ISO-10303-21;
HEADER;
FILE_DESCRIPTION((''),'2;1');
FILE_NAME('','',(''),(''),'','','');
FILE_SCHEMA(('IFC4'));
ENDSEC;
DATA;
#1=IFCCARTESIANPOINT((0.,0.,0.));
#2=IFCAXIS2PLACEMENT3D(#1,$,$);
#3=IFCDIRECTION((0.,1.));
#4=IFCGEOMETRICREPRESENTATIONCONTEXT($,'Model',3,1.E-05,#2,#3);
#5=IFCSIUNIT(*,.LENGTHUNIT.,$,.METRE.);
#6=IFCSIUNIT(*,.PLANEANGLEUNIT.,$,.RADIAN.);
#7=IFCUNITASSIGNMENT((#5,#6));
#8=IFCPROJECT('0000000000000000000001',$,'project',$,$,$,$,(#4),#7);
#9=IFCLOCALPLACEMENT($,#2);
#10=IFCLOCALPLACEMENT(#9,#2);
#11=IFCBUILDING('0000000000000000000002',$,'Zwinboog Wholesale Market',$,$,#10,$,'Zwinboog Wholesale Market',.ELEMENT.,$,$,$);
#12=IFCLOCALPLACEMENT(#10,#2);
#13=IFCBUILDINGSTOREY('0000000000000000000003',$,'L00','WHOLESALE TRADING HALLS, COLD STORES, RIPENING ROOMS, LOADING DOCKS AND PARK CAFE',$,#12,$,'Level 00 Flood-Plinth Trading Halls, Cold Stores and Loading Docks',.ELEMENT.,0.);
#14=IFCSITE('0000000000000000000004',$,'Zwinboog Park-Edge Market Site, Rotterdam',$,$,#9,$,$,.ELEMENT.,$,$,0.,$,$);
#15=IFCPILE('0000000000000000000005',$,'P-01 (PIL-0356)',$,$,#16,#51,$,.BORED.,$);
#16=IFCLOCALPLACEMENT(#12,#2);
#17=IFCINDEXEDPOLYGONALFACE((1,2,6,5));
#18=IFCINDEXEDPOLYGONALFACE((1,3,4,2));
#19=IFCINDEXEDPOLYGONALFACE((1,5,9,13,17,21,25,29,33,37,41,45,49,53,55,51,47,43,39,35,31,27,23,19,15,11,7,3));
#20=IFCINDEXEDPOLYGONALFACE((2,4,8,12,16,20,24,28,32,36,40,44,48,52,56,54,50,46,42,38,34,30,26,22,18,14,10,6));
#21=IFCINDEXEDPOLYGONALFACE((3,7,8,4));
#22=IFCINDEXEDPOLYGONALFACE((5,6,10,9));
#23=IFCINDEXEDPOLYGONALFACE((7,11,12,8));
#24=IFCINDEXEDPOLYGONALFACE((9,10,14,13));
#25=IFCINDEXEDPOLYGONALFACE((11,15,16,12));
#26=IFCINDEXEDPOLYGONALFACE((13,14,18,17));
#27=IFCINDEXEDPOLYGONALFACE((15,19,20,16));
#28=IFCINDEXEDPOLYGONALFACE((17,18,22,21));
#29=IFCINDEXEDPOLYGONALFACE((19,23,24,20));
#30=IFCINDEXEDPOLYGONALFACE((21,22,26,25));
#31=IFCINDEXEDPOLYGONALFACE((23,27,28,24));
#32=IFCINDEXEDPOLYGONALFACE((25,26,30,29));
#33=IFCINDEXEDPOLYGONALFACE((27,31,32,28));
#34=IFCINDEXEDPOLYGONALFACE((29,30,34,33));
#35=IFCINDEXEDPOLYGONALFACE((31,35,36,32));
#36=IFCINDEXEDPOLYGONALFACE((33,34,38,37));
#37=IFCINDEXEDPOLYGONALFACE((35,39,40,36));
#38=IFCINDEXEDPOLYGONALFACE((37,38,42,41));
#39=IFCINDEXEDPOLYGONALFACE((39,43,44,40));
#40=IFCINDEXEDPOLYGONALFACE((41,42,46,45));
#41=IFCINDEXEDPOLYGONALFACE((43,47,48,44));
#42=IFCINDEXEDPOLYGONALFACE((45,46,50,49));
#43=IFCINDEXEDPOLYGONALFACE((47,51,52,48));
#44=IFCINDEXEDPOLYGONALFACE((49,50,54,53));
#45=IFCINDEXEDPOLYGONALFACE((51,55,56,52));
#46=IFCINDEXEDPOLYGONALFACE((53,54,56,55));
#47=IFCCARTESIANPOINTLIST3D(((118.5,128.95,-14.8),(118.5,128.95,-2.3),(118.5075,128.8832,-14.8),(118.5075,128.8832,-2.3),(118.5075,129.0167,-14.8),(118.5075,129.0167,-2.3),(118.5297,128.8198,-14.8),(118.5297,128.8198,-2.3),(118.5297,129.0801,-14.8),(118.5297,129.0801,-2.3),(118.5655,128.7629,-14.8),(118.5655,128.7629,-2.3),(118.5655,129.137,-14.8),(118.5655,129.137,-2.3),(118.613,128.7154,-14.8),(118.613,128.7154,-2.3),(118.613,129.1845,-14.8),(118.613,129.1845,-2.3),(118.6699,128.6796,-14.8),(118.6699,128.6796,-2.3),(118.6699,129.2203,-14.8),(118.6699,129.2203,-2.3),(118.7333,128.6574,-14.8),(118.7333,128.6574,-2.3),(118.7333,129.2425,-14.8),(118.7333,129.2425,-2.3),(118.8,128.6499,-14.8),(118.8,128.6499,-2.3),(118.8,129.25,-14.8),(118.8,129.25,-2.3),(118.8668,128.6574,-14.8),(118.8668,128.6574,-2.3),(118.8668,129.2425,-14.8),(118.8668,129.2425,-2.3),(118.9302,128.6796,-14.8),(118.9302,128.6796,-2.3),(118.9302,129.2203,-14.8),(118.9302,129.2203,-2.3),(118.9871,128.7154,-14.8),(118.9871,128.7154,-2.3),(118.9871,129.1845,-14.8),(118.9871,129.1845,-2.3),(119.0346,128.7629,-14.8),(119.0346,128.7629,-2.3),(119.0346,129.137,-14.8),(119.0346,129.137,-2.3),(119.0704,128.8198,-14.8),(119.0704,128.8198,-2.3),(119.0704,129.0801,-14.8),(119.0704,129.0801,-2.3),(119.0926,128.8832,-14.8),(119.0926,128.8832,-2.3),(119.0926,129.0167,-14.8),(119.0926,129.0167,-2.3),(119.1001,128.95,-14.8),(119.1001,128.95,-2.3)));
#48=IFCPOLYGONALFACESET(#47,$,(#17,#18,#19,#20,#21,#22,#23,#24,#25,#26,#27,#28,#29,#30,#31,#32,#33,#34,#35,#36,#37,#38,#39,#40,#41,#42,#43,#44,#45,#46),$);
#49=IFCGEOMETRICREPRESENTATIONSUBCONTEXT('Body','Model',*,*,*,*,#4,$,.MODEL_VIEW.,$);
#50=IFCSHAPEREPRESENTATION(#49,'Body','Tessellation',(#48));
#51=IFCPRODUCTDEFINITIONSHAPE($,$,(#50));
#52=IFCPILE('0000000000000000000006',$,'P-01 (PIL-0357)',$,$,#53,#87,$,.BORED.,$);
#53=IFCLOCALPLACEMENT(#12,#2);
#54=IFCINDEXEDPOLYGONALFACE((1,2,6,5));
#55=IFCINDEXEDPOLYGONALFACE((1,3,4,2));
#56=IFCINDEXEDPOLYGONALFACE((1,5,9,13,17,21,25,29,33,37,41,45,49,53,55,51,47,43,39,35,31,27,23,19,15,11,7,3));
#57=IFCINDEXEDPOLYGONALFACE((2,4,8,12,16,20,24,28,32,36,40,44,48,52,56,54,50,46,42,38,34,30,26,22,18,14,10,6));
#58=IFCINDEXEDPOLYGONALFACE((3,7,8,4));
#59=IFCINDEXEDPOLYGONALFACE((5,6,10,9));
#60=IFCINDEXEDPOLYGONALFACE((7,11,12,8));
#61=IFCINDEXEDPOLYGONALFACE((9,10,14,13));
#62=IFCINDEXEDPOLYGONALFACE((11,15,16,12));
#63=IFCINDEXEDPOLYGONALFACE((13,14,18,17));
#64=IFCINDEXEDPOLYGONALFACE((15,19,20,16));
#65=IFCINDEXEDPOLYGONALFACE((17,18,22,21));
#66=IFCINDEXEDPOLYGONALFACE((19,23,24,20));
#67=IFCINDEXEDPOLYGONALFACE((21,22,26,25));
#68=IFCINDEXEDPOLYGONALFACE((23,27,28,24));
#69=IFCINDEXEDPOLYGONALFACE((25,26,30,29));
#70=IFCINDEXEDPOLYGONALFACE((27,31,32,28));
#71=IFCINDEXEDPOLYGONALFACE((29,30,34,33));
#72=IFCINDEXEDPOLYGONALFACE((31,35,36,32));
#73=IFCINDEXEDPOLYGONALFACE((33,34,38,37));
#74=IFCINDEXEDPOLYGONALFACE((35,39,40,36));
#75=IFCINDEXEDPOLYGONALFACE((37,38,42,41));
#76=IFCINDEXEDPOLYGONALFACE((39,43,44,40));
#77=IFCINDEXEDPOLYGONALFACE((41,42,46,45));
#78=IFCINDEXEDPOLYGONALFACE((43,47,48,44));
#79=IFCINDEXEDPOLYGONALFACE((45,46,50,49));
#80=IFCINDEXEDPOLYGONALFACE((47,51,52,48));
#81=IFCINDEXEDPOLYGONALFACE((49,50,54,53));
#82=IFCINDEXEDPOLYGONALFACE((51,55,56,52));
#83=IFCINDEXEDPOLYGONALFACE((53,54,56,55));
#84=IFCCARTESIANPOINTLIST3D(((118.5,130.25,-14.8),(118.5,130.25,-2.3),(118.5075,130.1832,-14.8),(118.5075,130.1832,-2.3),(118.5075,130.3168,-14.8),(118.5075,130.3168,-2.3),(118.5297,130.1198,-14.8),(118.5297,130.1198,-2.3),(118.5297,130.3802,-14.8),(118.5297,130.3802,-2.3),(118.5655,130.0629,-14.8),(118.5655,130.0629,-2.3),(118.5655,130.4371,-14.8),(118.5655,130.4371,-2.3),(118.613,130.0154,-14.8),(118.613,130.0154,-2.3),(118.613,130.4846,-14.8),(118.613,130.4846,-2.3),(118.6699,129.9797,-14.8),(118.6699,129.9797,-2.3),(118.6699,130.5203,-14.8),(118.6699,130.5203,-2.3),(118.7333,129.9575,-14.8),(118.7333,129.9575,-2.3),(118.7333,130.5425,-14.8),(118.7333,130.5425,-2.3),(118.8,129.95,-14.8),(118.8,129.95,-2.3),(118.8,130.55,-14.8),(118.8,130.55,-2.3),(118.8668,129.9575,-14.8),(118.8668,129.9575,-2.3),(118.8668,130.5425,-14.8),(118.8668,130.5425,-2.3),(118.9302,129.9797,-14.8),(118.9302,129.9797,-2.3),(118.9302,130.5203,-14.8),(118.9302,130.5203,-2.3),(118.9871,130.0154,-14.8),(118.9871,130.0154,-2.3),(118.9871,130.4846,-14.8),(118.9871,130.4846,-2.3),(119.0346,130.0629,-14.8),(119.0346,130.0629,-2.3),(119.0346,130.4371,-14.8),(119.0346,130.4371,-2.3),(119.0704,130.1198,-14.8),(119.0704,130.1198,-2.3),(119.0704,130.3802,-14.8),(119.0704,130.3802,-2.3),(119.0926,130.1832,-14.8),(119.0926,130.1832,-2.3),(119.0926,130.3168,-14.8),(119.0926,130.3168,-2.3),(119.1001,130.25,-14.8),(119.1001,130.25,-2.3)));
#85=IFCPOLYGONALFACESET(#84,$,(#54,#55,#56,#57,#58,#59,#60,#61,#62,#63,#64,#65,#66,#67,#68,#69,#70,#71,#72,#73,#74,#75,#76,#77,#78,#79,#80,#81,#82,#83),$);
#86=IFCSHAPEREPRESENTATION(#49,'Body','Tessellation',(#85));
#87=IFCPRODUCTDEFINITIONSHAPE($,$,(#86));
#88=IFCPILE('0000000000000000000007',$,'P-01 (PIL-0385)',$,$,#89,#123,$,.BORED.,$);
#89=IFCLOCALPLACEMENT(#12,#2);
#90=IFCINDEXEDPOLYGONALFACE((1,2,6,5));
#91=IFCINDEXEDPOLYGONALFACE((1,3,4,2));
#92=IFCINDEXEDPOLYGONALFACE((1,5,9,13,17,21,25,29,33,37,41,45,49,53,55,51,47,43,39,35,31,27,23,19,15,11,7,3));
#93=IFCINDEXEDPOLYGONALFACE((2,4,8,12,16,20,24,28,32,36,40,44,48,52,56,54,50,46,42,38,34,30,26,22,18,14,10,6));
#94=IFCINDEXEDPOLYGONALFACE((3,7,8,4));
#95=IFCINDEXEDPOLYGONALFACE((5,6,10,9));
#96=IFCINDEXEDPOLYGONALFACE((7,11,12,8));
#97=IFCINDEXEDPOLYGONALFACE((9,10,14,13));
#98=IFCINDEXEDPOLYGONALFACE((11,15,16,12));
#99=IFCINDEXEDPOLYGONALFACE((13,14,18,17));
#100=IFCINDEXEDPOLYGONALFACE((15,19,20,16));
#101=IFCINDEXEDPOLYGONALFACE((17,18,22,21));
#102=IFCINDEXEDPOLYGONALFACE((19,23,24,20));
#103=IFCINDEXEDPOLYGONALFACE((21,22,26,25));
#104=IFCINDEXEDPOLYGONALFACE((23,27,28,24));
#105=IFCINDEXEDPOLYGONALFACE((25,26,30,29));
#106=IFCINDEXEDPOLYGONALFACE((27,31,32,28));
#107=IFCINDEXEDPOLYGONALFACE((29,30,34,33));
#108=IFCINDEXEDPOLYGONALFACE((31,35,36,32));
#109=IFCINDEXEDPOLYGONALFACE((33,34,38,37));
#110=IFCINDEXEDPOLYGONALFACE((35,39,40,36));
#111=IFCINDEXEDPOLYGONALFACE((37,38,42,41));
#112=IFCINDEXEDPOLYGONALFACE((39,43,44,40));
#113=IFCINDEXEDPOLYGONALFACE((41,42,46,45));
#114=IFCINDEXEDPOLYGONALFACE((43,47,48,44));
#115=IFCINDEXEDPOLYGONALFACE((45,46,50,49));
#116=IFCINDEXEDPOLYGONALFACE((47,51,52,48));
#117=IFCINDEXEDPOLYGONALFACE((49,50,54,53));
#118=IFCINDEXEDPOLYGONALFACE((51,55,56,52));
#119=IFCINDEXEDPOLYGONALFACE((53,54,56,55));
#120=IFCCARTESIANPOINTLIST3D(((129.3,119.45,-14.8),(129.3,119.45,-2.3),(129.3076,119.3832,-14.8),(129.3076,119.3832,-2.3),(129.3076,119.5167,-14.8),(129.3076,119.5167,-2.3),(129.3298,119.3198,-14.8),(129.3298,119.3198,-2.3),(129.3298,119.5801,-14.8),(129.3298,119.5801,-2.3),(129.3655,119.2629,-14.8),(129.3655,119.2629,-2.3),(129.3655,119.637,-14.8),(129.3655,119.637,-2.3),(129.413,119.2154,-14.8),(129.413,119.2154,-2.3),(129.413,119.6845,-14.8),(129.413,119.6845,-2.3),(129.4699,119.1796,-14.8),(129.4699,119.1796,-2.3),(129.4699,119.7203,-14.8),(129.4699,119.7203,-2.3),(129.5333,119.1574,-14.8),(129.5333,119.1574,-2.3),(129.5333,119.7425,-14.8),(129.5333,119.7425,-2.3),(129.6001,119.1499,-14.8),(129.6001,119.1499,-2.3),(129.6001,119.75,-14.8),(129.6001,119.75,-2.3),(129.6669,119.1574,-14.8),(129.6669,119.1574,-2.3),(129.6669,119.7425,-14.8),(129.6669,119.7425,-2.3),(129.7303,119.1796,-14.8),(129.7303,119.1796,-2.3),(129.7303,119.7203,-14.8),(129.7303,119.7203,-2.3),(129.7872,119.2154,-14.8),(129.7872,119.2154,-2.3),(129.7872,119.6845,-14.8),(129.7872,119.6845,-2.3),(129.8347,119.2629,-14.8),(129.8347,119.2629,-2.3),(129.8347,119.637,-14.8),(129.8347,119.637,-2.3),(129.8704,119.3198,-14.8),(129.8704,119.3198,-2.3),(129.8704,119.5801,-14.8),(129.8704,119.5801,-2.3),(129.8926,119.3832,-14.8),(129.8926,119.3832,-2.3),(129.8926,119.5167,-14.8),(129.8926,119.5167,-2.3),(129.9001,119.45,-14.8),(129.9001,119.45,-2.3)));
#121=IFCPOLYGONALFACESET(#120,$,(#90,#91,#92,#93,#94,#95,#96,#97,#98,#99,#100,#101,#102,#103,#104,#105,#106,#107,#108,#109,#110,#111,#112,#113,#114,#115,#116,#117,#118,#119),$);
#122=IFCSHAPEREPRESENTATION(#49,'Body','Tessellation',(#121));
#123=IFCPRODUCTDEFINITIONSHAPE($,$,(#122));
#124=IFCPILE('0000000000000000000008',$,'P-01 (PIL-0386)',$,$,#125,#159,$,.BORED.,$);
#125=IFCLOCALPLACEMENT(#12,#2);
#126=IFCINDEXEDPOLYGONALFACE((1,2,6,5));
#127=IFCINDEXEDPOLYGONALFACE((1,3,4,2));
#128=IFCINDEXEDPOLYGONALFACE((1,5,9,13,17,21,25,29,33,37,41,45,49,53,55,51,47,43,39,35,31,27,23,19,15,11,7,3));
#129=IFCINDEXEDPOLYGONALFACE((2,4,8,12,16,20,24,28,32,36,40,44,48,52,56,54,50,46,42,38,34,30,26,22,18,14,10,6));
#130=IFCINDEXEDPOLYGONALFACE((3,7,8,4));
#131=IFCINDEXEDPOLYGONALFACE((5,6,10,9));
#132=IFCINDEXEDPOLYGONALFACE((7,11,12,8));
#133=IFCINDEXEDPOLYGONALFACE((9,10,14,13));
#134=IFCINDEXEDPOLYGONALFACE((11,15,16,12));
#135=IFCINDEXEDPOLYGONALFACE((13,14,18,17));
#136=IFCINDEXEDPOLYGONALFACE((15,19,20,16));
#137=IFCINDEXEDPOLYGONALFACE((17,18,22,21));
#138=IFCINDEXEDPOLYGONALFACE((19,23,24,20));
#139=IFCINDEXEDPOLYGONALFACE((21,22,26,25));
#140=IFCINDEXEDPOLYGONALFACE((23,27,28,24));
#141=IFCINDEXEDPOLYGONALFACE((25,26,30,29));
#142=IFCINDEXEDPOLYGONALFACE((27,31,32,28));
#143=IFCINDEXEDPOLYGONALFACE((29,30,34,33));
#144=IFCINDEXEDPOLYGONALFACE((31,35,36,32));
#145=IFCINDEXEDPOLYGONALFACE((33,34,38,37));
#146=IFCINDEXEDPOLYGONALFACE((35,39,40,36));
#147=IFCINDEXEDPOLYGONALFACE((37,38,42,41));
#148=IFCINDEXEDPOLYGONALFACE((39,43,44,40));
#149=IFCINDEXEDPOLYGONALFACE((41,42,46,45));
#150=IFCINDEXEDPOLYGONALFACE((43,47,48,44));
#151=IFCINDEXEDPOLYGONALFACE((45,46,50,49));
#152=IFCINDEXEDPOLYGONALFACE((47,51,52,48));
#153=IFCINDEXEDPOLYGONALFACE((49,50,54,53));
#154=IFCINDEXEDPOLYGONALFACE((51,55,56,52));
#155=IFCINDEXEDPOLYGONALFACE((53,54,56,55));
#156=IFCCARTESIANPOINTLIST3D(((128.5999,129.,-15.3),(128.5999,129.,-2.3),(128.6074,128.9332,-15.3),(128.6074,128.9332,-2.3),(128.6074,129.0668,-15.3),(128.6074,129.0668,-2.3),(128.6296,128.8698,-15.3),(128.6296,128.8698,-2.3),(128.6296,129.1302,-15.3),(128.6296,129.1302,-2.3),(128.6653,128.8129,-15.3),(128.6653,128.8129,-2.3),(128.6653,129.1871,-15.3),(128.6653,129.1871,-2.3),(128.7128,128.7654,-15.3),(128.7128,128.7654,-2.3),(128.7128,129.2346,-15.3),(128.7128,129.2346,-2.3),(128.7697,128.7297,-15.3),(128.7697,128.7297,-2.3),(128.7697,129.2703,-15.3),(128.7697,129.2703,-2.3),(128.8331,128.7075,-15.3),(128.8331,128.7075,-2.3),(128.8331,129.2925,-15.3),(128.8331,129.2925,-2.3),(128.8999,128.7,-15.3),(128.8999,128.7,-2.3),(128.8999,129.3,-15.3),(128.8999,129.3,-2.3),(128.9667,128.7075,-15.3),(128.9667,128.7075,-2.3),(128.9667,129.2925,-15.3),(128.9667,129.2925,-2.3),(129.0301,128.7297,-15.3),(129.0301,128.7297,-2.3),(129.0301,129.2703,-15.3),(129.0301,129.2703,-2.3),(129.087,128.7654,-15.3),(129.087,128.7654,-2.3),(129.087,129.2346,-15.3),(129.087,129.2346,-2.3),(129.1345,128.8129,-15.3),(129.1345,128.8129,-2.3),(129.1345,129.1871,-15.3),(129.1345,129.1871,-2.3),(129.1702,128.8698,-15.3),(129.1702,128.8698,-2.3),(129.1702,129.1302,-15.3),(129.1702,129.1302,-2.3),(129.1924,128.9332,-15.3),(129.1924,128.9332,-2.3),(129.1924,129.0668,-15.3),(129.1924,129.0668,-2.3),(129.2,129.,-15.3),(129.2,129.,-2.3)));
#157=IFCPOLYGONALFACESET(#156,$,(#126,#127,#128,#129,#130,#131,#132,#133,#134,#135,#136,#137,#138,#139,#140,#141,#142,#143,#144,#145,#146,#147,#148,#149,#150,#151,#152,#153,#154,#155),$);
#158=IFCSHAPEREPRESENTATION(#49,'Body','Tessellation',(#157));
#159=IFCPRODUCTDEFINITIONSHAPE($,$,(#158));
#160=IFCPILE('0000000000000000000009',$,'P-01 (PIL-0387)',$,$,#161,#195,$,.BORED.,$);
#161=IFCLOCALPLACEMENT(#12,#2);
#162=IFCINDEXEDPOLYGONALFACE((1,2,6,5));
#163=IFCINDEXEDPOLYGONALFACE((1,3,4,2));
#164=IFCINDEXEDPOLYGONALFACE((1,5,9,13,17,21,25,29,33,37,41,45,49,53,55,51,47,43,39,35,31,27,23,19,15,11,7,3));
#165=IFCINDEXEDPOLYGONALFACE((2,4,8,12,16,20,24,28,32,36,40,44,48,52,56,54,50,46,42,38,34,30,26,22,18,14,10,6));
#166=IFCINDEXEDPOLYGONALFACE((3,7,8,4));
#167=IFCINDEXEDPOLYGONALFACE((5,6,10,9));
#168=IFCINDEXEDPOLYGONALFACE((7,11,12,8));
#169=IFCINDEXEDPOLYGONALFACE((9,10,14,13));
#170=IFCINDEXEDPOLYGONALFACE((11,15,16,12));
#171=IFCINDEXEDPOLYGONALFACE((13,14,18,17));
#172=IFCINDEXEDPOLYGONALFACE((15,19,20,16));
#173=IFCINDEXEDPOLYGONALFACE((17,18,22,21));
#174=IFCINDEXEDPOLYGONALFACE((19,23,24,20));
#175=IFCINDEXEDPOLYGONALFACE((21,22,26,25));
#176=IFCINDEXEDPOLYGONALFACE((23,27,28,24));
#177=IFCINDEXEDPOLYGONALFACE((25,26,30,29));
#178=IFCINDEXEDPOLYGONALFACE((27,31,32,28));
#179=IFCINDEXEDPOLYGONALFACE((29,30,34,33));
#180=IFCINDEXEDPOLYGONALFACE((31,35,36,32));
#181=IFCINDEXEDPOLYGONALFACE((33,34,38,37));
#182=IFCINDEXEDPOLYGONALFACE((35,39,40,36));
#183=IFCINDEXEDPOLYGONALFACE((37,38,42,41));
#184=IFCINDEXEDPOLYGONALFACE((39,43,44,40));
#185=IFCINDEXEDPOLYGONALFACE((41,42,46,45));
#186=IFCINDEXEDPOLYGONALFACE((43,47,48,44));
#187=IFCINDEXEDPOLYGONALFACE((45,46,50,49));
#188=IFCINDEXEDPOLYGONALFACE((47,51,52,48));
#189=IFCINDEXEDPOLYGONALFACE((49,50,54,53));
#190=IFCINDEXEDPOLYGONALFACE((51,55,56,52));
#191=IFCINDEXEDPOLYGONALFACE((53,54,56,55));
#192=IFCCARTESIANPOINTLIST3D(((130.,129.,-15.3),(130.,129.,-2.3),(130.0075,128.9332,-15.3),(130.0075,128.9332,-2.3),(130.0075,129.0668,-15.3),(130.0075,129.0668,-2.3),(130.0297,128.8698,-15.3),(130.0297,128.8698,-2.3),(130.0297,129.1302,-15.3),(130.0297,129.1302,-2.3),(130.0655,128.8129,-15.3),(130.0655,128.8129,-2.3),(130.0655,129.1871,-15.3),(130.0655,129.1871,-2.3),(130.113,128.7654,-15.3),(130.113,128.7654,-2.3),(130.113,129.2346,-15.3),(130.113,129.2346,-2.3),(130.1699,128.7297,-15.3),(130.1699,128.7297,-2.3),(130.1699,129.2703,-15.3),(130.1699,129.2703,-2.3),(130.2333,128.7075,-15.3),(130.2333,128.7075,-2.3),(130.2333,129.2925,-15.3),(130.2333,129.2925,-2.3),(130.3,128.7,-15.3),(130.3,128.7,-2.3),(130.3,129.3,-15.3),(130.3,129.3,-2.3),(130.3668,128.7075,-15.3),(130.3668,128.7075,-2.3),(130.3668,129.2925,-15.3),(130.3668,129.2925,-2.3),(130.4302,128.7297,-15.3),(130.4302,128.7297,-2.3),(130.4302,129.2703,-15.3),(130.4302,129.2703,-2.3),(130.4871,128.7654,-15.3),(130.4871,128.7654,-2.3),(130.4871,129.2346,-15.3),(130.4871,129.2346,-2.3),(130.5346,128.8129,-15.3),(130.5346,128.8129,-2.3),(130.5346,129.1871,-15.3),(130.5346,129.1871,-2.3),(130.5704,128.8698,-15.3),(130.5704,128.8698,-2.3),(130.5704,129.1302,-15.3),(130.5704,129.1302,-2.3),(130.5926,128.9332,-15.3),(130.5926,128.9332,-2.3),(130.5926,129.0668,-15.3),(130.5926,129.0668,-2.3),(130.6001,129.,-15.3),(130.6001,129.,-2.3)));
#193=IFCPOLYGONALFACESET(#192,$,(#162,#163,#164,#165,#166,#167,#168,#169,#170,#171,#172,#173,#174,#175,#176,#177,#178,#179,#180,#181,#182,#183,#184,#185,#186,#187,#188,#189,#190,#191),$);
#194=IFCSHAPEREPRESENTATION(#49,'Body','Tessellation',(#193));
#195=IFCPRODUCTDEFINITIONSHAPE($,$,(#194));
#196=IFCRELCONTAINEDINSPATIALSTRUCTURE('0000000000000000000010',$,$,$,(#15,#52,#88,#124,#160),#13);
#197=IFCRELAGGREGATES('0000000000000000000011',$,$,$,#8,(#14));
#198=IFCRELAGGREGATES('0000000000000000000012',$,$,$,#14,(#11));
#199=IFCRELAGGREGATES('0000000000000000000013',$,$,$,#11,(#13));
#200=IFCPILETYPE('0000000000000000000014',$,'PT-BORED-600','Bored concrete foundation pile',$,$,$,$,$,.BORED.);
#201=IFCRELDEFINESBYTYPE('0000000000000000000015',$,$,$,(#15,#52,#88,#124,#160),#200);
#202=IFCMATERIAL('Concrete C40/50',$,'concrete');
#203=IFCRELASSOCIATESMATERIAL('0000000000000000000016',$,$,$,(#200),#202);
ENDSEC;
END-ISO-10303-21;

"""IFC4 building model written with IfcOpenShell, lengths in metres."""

from ifc_helpers import new_model, si_unit, direction, frame, origin, origin_2d, place, context, subcontext, project, spatial, circle, extrude, material, material_profile, profile_set, type_object, element, save


model = new_model("IFC4")

# Units and contexts
model_context = context("Model", 3, precision=1e-05, world=origin(), true_north=direction((0.0, 1.0)))
body_context = subcontext(model_context, "Body", "Model", "MODEL_VIEW")
ifc_project = project(units=[si_unit("LENGTHUNIT", "METRE"), si_unit("PLANEANGLEUNIT", "RADIAN")], contexts=[model_context])

# Site, building, storey
site_placement = place(None, origin())
site = spatial("IfcSite", under=ifc_project, at=site_placement, Name="Zwinboog Park-Edge Market Site, Rotterdam", CompositionType="ELEMENT", RefElevation=0.0)
building_placement = place(site_placement, origin())
building = spatial("IfcBuilding", under=site, at=building_placement, Name="Zwinboog Wholesale Market", LongName="Zwinboog Wholesale Market", CompositionType="ELEMENT")
storey_placement = place(building_placement, origin())
storey = spatial("IfcBuildingStorey", under=building, at=storey_placement, Name="L00", Description="WHOLESALE TRADING HALLS, COLD STORES, RIPENING ROOMS, LOADING DOCKS AND PARK CAFE", LongName="Level 00 Flood-Plinth Trading Halls, Cold Stores and Loading Docks", CompositionType="ELEMENT", Elevation=0.0)

# Piles
ifc_material_1 = material(Name="Concrete C40/50", Category="concrete")
ifc_material_profile_1 = material_profile(ifc_material_1, circle(Radius=0.3, at=origin_2d()), Name="PILE D600")
ifc_profile_set_1 = profile_set([ifc_material_profile_1], Name="Concrete C40/50")
pile_type_1 = type_object("IfcPileType", Name="PT-BORED-600", Description="Bored concrete foundation pile", PredefinedType="BORED", material=ifc_profile_set_1)
for number, where, z_axis, x_axis, name in (
    (1, (118.8, 128.95, -2.3), (0.0, 0.0, -1.0), (1.0, 0.0, 0.0), "P-01 (PIL-0356)"),
    (2, (118.8, 130.25, -2.3), (0.0, 0.0, -1.0), (1.0, 0.0, 0.0), "P-01 (PIL-0357)"),
    (3, (129.6001, 119.45, -2.3), (0.0, 0.0, -1.0), (1.0, 0.0, 0.0), "P-01 (PIL-0385)"),
):
    element("IfcPile", number, at=place(storey_placement, frame(where, z_axis=z_axis, x_axis=x_axis)), inside=storey, type_object=pile_type_1, Name=name, PredefinedType="BORED", context=body_context, shape_type="SweptSolid", body=[
        extrude(circle(Radius=0.3, at=origin_2d()), origin(), (0.0, 0.0, 1.0), 12.5),
    ])
for number, where, z_axis, x_axis, name in (
    (4, (128.8999, 129.0, -2.3), (0.0, 0.0, -1.0), (1.0, 0.0, 0.0), "P-01 (PIL-0386)"),
    (5, (130.3, 129.0, -2.3), (0.0, 0.0, -1.0), (1.0, 0.0, 0.0), "P-01 (PIL-0387)"),
):
    element("IfcPile", number, at=place(storey_placement, frame(where, z_axis=z_axis, x_axis=x_axis)), inside=storey, type_object=pile_type_1, Name=name, PredefinedType="BORED", context=body_context, shape_type="SweptSolid", body=[
        extrude(circle(Radius=0.3, at=origin_2d()), origin(), (0.0, 0.0, 1.0), 13.0),
    ])

save(model, "model.ifc")
